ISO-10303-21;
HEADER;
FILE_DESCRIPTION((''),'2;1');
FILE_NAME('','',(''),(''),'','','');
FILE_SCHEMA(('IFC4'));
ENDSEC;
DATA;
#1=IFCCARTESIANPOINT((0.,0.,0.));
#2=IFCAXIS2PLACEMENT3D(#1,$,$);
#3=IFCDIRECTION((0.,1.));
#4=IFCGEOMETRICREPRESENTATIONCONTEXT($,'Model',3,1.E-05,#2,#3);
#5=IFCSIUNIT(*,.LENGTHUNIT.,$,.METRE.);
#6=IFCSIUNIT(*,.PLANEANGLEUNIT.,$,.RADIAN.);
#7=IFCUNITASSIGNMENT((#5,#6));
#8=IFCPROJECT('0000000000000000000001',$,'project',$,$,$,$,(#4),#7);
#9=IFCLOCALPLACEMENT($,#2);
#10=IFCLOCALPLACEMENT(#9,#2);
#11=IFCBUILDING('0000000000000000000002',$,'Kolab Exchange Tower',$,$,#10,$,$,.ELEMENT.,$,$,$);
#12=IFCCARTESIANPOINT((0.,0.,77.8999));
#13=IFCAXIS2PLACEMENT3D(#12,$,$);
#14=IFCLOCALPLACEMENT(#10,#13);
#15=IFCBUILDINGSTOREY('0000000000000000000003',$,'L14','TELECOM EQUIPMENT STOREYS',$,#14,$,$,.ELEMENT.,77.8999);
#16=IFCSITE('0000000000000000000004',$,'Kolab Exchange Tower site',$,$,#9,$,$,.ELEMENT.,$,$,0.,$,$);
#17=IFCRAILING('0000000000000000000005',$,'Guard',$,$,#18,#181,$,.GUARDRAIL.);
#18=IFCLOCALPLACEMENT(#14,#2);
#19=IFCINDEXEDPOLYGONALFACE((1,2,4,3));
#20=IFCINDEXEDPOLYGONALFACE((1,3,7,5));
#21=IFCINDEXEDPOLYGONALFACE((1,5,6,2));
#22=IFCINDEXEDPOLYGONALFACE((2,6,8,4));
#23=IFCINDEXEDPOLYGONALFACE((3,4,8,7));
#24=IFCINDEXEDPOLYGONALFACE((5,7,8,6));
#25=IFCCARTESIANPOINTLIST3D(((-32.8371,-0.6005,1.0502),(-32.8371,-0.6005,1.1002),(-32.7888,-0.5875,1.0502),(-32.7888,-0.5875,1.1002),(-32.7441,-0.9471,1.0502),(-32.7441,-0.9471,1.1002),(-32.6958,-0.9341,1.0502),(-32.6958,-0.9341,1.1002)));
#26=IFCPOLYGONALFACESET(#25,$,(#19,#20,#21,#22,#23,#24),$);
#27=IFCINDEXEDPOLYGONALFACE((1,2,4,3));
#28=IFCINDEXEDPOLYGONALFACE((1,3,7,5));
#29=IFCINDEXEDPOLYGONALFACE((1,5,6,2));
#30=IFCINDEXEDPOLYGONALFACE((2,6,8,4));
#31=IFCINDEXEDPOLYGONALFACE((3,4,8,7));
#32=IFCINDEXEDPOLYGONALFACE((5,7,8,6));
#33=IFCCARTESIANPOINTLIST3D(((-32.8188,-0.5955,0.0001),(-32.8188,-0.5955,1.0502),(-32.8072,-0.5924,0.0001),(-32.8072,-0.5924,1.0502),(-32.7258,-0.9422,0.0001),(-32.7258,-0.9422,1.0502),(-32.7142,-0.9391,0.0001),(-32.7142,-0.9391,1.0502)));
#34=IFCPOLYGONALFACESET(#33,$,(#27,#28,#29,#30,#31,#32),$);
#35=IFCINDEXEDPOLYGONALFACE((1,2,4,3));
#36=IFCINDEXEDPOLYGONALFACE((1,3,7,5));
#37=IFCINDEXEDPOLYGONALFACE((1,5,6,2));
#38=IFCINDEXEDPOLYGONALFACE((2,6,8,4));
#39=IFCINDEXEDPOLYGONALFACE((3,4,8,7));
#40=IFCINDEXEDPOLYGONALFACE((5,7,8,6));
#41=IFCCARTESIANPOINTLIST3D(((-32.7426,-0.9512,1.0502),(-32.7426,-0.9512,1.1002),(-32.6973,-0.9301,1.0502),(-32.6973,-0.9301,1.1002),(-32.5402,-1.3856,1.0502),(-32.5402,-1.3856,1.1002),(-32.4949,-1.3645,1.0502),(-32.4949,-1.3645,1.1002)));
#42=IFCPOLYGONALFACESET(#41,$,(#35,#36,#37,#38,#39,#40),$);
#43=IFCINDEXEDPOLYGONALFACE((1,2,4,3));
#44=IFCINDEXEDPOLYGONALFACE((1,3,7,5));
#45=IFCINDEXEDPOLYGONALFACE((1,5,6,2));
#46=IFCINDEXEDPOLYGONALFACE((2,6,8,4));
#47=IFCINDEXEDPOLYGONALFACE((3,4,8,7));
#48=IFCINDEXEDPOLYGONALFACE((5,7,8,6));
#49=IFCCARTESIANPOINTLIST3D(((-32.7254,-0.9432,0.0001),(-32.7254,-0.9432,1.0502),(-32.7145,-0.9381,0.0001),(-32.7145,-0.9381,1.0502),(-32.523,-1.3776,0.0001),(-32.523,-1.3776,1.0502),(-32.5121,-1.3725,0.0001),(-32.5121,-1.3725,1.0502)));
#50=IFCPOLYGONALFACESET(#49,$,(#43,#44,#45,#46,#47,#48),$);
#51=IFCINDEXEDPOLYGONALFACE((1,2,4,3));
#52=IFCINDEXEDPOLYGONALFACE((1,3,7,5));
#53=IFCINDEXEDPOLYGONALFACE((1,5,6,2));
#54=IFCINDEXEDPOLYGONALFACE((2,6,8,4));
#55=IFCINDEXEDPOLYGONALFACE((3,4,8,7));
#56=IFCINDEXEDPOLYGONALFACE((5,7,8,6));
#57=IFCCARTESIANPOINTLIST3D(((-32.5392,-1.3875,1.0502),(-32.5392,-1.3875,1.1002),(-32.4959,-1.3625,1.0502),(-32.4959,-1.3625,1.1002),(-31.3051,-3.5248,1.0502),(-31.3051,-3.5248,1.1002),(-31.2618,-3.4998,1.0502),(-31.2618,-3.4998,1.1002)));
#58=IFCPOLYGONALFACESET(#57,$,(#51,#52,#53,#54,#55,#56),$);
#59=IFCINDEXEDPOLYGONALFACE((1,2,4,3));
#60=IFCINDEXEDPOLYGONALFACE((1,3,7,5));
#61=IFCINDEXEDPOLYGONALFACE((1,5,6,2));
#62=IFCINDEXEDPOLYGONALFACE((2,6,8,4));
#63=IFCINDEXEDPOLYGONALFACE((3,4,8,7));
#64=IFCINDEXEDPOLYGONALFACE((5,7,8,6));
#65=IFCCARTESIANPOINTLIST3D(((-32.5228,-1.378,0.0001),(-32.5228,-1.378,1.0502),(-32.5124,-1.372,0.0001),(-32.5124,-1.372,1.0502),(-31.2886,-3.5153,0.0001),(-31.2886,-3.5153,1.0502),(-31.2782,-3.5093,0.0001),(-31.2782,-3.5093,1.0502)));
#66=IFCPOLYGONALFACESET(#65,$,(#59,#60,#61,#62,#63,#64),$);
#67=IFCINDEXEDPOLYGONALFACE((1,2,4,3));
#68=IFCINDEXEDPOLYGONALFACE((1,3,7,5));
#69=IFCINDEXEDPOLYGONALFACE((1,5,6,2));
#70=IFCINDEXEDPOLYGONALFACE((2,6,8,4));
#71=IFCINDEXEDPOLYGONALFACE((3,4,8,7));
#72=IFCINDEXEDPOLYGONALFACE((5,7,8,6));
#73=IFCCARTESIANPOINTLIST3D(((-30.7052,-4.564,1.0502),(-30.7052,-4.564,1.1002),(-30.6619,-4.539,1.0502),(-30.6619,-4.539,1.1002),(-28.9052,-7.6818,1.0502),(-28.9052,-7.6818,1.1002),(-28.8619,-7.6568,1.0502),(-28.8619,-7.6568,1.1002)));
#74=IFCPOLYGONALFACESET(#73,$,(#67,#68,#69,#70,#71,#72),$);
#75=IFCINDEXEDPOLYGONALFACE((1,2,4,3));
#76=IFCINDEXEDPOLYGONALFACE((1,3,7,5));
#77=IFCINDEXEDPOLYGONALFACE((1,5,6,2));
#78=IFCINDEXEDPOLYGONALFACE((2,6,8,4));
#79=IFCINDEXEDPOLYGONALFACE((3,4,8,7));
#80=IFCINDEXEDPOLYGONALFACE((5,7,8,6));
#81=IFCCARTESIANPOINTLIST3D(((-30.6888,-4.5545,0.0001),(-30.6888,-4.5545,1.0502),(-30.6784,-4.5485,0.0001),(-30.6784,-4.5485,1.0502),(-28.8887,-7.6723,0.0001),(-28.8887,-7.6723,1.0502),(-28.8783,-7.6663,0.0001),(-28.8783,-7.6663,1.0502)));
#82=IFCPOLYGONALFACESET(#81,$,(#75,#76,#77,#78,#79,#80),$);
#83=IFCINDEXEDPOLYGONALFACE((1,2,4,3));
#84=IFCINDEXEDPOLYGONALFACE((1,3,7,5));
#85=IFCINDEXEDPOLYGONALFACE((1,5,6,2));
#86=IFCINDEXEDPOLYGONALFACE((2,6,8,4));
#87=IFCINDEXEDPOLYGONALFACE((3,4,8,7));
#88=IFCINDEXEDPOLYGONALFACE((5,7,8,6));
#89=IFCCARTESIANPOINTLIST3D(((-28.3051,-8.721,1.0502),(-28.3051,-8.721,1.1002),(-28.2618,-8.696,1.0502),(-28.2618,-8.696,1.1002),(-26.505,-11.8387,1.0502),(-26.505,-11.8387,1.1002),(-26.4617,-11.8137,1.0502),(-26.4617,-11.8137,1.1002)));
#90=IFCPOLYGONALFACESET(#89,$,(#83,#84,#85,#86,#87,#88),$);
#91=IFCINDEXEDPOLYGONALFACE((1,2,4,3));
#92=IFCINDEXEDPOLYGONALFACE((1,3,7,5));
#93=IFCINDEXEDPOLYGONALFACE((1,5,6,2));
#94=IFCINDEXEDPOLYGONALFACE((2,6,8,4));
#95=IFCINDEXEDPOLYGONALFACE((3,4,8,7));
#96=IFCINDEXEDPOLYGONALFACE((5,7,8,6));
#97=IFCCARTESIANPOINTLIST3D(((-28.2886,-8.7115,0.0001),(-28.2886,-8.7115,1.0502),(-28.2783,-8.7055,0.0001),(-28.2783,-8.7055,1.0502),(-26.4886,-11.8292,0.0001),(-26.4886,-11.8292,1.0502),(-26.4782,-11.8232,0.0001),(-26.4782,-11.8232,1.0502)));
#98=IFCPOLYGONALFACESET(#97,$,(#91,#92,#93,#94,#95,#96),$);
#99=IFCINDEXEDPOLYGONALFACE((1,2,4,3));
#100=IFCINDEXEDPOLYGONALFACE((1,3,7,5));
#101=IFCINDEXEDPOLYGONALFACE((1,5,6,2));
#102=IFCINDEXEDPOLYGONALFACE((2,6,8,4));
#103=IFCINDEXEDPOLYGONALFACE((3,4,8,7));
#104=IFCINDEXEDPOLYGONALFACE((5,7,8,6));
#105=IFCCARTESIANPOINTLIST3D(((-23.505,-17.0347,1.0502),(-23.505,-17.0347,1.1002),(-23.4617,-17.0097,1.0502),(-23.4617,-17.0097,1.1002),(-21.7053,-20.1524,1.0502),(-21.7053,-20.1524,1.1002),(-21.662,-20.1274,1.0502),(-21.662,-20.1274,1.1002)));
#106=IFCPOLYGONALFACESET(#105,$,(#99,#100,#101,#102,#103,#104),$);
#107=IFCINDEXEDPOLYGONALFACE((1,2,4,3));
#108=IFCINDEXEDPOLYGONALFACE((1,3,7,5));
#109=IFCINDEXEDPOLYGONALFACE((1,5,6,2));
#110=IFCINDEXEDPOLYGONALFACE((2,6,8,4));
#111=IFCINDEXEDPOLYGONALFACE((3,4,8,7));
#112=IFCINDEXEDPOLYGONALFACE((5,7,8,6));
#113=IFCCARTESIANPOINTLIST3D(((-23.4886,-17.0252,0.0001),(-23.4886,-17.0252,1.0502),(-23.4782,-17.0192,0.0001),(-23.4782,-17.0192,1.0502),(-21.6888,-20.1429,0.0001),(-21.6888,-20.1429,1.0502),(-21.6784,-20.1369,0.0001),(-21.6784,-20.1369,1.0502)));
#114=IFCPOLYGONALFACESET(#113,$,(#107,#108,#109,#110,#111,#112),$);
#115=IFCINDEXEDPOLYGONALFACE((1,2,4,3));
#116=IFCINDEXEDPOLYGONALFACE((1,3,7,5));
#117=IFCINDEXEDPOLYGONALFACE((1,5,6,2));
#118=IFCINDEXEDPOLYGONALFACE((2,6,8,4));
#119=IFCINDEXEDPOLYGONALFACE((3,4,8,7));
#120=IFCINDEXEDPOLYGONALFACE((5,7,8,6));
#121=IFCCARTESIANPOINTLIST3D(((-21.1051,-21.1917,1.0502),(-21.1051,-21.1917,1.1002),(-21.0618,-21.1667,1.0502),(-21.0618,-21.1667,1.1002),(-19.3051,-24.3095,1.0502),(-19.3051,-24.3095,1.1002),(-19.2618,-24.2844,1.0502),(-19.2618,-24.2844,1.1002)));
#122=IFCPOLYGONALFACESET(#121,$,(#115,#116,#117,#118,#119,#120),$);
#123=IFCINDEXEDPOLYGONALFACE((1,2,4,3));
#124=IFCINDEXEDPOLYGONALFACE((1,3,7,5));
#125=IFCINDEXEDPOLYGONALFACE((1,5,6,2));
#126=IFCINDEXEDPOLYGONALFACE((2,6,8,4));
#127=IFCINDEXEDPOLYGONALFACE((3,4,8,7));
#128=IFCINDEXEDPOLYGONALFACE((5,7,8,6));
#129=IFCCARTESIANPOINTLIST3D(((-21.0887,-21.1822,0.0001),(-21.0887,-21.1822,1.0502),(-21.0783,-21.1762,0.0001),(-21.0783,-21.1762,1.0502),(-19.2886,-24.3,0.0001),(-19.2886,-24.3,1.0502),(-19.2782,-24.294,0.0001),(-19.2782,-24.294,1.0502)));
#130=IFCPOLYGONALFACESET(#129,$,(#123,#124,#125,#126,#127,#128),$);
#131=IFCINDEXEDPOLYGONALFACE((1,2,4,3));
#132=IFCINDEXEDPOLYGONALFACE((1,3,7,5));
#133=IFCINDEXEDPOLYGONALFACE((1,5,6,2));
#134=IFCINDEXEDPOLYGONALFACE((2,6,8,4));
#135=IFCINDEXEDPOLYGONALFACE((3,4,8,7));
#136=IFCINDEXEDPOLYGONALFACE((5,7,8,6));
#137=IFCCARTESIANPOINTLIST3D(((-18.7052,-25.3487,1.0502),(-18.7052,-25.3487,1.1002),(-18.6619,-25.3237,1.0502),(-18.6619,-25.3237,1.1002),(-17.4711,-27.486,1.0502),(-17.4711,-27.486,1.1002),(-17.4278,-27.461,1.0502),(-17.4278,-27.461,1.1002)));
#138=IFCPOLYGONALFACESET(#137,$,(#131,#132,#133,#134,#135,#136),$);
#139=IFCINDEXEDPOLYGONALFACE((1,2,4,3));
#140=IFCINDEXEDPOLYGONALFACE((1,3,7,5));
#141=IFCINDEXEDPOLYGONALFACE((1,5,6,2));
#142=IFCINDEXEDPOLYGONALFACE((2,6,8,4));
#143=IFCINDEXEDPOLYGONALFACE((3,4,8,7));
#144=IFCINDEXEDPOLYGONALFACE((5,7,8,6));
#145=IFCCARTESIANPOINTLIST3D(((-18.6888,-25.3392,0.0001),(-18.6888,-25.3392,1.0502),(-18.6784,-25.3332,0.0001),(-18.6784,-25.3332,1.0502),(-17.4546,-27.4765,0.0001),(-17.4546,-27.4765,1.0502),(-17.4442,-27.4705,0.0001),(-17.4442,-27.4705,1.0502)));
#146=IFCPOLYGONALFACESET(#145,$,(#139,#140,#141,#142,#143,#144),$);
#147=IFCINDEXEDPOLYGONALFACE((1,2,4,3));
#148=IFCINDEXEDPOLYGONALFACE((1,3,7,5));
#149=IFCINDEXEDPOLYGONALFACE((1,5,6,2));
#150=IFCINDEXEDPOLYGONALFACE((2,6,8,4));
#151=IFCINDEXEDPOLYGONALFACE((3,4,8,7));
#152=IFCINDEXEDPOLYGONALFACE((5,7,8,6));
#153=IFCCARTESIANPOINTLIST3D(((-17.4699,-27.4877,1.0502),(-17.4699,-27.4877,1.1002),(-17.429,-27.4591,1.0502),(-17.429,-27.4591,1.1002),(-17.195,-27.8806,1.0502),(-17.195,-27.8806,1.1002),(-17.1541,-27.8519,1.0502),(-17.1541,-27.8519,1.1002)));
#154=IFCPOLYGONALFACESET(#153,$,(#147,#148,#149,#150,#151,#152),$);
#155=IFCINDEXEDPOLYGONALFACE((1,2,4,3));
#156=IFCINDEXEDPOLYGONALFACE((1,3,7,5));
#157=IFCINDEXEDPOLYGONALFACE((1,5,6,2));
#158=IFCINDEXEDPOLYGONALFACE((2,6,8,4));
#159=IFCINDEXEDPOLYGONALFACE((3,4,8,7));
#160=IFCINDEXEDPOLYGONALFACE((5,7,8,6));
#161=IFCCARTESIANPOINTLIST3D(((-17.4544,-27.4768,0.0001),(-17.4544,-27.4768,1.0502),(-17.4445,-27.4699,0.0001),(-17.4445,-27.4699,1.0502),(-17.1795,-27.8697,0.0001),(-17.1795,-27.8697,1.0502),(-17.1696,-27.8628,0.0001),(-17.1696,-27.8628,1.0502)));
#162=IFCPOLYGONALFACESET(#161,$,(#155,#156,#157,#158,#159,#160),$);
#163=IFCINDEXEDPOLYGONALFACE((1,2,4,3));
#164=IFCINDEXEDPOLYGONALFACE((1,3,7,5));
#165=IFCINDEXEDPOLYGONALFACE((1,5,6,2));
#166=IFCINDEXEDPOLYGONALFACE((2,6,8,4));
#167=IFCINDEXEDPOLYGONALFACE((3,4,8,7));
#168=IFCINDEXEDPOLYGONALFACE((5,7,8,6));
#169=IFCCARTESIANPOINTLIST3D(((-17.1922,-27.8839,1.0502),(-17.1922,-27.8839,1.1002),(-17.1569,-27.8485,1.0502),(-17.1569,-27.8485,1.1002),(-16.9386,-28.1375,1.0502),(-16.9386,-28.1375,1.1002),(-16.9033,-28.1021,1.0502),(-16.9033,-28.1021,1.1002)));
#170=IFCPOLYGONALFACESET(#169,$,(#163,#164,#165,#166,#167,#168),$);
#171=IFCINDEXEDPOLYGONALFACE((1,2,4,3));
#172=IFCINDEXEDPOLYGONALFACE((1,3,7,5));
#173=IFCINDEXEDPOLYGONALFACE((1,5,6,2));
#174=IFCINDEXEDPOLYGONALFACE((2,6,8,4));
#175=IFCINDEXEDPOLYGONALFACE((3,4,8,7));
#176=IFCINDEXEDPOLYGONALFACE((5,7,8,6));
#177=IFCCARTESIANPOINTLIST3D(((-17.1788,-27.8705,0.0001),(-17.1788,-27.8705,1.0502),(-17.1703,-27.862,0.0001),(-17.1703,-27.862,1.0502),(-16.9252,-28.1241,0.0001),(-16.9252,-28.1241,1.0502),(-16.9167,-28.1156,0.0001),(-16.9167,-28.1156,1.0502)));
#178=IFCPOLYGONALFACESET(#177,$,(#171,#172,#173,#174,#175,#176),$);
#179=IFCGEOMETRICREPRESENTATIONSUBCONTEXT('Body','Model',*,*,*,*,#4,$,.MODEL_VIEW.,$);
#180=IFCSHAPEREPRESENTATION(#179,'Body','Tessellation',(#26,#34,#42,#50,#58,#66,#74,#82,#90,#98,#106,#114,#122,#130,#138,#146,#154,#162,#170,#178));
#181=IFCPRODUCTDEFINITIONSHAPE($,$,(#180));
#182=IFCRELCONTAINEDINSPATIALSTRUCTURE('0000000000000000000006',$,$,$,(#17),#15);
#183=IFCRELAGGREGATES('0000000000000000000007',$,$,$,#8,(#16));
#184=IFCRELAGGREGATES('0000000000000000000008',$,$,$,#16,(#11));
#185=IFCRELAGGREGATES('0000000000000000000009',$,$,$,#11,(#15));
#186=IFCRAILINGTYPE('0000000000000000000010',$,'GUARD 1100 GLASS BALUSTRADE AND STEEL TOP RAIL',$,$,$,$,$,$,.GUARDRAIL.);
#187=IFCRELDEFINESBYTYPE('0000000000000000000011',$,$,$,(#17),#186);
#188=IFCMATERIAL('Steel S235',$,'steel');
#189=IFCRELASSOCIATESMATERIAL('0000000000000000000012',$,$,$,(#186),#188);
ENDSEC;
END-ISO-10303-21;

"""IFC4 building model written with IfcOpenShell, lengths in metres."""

from ifc_helpers import new_model, si_unit, direction, frame, frame_2d, origin, origin_2d, place, context, subcontext, project, spatial, rectangle, extrude, material, type_object, element, save


model = new_model("IFC4")

# Units and contexts
model_context = context("Model", 3, precision=1e-05, world=origin(), true_north=direction((0.0, 1.0)))
body_context = subcontext(model_context, "Body", "Model", "MODEL_VIEW")
ifc_project = project(units=[si_unit("LENGTHUNIT", "METRE"), si_unit("PLANEANGLEUNIT", "RADIAN")], contexts=[model_context])

# Site, building, storey
site_placement = place(None, origin())
site = spatial("IfcSite", under=ifc_project, at=site_placement, Name="Kolab Exchange Tower site", CompositionType="ELEMENT", RefElevation=0.0)
building_placement = place(site_placement, origin())
building = spatial("IfcBuilding", under=site, at=building_placement, Name="Kolab Exchange Tower", CompositionType="ELEMENT")
storey_placement = place(building_placement, frame((0.0, 0.0, 77.8999)))
storey = spatial("IfcBuildingStorey", under=building, at=storey_placement, Name="L14", Description="TELECOM EQUIPMENT STOREYS", CompositionType="ELEMENT", Elevation=77.8999)

# Shared definitions
ifc_material_1 = material(Name="Steel S235", Category="steel")

# Railing
railing_type = type_object("IfcRailingType", Name="GUARD 1100 GLASS BALUSTRADE AND STEEL TOP RAIL", PredefinedType="GUARDRAIL", material=ifc_material_1)
railing_placement = place(storey_placement, frame((-32.813, -0.594, 0.0)))
element("IfcRailing", 1, at=railing_placement, inside=storey, type_object=railing_type, Name="Guard", PredefinedType="GUARDRAIL", context=body_context, shape_type="SweptSolid", body=[
    extrude(rectangle(XDim=0.05, YDim=0.05, at=origin_2d()), frame((0.0, 0.0, 1.0752), z_axis=(0.259144, -0.965839, 0.0), x_axis=(0.965839, 0.259144, 0.0)), (0.0, 0.0, 1.0), 0.3589),
    extrude(rectangle(XDim=0.012, YDim=1.0501, at=frame_2d((0.0, 0.5251))), frame((0.0, 0.0, 0.0), z_axis=(0.259144, -0.965839, 0.0), x_axis=(0.965839, 0.259144, 0.0)), (0.0, 0.0, 1.0), 0.3589),
    extrude(rectangle(XDim=0.05, YDim=0.05, at=origin_2d()), frame((0.093, -0.3467, 1.0752), z_axis=(0.422383, -0.906417, 0.0), x_axis=(0.906417, 0.422383, 0.0)), (0.0, 0.0, 1.0), 0.4792),
    extrude(rectangle(XDim=0.012, YDim=1.0501, at=frame_2d((0.0, 0.5251))), frame((0.093, -0.3467, 0.0), z_axis=(0.422383, -0.906417, 0.0), x_axis=(0.906417, 0.422383, 0.0)), (0.0, 0.0, 1.0), 0.4792),
    extrude(rectangle(XDim=0.05, YDim=0.05, at=origin_2d()), frame((0.2954, -0.781, 1.0752), z_axis=(0.500065, -0.865988, 0.0), x_axis=(0.865988, 0.500065, 0.0)), (0.0, 0.0, 1.0), 2.468),
    extrude(rectangle(XDim=0.012, YDim=1.0501, at=frame_2d((0.0, 0.5251))), frame((0.2954, -0.781, 0.0), z_axis=(0.500065, -0.865988, 0.0), x_axis=(0.865988, 0.500065, 0.0)), (0.0, 0.0, 1.0), 2.468),
    extrude(rectangle(XDim=0.05, YDim=0.05, at=origin_2d()), frame((2.1294, -3.9575, 1.0752), z_axis=(0.500012, -0.866018, 0.0), x_axis=(0.866018, 0.500012, 0.0)), (0.0, 0.0, 1.0), 3.6001),
    extrude(rectangle(XDim=0.012, YDim=1.0501, at=frame_2d((0.0, 0.5251))), frame((2.1294, -3.9575, 0.0), z_axis=(0.500012, -0.866018, 0.0), x_axis=(0.866018, 0.500012, 0.0)), (0.0, 0.0, 1.0), 3.6001),
    extrude(rectangle(XDim=0.05, YDim=0.05, at=origin_2d()), frame((4.5295, -8.1145, 1.0752), z_axis=(0.500012, -0.866018, 0.0), x_axis=(0.866018, 0.500012, 0.0)), (0.0, 0.0, 1.0), 3.6001),
    extrude(rectangle(XDim=0.012, YDim=1.0501, at=frame_2d((0.0, 0.5251))), frame((4.5295, -8.1145, 0.0), z_axis=(0.500012, -0.866018, 0.0), x_axis=(0.866018, 0.500012, 0.0)), (0.0, 0.0, 1.0), 3.6001),
    extrude(rectangle(XDim=0.05, YDim=0.05, at=origin_2d()), frame((9.3296, -16.4282, 1.0752), z_axis=(0.499961, -0.866048, 0.0), x_axis=(0.866048, 0.499961, 0.0)), (0.0, 0.0, 1.0), 3.5999),
    extrude(rectangle(XDim=0.012, YDim=1.0501, at=frame_2d((0.0, 0.5251))), frame((9.3296, -16.4282, 0.0), z_axis=(0.499961, -0.866048, 0.0), x_axis=(0.866048, 0.499961, 0.0)), (0.0, 0.0, 1.0), 3.5999),
    extrude(rectangle(XDim=0.05, YDim=0.05, at=origin_2d()), frame((11.7295, -20.5852, 1.0752), z_axis=(0.500012, -0.866018, 0.0), x_axis=(0.866018, 0.500012, 0.0)), (0.0, 0.0, 1.0), 3.6001),
    extrude(rectangle(XDim=0.012, YDim=1.0501, at=frame_2d((0.0, 0.5251))), frame((11.7295, -20.5852, 0.0), z_axis=(0.500012, -0.866018, 0.0), x_axis=(0.866018, 0.500012, 0.0)), (0.0, 0.0, 1.0), 3.6001),
    extrude(rectangle(XDim=0.05, YDim=0.05, at=origin_2d()), frame((14.1294, -24.7422, 1.0752), z_axis=(0.500065, -0.865988, 0.0), x_axis=(0.865988, 0.500065, 0.0)), (0.0, 0.0, 1.0), 2.468),
    extrude(rectangle(XDim=0.012, YDim=1.0501, at=frame_2d((0.0, 0.5251))), frame((14.1294, -24.7422, 0.0), z_axis=(0.500065, -0.865988, 0.0), x_axis=(0.865988, 0.500065, 0.0)), (0.0, 0.0, 1.0), 2.468),
    extrude(rectangle(XDim=0.05, YDim=0.05, at=origin_2d()), frame((15.3635, -26.8794, 1.0752), z_axis=(0.57336, -0.819304, 0.0), x_axis=(0.819304, 0.57336, 0.0)), (0.0, 0.0, 1.0), 0.4795),
    extrude(rectangle(XDim=0.012, YDim=1.0501, at=frame_2d((0.0, 0.5251))), frame((15.3635, -26.8794, 0.0), z_axis=(0.57336, -0.819304, 0.0), x_axis=(0.819304, 0.57336, 0.0)), (0.0, 0.0, 1.0), 0.4795),
    extrude(rectangle(XDim=0.05, YDim=0.05, at=origin_2d()), frame((15.6384, -27.2722, 1.0752), z_axis=(0.707107, -0.707107, 0.0), x_axis=(0.707107, 0.707107, 0.0)), (0.0, 0.0, 1.0), 0.3586),
    extrude(rectangle(XDim=0.012, YDim=1.0501, at=frame_2d((0.0, 0.5251))), frame((15.6384, -27.2722, 0.0), z_axis=(0.707107, -0.707107, 0.0), x_axis=(0.707107, 0.707107, 0.0)), (0.0, 0.0, 1.0), 0.3586),
])

save(model, "model.ifc")
